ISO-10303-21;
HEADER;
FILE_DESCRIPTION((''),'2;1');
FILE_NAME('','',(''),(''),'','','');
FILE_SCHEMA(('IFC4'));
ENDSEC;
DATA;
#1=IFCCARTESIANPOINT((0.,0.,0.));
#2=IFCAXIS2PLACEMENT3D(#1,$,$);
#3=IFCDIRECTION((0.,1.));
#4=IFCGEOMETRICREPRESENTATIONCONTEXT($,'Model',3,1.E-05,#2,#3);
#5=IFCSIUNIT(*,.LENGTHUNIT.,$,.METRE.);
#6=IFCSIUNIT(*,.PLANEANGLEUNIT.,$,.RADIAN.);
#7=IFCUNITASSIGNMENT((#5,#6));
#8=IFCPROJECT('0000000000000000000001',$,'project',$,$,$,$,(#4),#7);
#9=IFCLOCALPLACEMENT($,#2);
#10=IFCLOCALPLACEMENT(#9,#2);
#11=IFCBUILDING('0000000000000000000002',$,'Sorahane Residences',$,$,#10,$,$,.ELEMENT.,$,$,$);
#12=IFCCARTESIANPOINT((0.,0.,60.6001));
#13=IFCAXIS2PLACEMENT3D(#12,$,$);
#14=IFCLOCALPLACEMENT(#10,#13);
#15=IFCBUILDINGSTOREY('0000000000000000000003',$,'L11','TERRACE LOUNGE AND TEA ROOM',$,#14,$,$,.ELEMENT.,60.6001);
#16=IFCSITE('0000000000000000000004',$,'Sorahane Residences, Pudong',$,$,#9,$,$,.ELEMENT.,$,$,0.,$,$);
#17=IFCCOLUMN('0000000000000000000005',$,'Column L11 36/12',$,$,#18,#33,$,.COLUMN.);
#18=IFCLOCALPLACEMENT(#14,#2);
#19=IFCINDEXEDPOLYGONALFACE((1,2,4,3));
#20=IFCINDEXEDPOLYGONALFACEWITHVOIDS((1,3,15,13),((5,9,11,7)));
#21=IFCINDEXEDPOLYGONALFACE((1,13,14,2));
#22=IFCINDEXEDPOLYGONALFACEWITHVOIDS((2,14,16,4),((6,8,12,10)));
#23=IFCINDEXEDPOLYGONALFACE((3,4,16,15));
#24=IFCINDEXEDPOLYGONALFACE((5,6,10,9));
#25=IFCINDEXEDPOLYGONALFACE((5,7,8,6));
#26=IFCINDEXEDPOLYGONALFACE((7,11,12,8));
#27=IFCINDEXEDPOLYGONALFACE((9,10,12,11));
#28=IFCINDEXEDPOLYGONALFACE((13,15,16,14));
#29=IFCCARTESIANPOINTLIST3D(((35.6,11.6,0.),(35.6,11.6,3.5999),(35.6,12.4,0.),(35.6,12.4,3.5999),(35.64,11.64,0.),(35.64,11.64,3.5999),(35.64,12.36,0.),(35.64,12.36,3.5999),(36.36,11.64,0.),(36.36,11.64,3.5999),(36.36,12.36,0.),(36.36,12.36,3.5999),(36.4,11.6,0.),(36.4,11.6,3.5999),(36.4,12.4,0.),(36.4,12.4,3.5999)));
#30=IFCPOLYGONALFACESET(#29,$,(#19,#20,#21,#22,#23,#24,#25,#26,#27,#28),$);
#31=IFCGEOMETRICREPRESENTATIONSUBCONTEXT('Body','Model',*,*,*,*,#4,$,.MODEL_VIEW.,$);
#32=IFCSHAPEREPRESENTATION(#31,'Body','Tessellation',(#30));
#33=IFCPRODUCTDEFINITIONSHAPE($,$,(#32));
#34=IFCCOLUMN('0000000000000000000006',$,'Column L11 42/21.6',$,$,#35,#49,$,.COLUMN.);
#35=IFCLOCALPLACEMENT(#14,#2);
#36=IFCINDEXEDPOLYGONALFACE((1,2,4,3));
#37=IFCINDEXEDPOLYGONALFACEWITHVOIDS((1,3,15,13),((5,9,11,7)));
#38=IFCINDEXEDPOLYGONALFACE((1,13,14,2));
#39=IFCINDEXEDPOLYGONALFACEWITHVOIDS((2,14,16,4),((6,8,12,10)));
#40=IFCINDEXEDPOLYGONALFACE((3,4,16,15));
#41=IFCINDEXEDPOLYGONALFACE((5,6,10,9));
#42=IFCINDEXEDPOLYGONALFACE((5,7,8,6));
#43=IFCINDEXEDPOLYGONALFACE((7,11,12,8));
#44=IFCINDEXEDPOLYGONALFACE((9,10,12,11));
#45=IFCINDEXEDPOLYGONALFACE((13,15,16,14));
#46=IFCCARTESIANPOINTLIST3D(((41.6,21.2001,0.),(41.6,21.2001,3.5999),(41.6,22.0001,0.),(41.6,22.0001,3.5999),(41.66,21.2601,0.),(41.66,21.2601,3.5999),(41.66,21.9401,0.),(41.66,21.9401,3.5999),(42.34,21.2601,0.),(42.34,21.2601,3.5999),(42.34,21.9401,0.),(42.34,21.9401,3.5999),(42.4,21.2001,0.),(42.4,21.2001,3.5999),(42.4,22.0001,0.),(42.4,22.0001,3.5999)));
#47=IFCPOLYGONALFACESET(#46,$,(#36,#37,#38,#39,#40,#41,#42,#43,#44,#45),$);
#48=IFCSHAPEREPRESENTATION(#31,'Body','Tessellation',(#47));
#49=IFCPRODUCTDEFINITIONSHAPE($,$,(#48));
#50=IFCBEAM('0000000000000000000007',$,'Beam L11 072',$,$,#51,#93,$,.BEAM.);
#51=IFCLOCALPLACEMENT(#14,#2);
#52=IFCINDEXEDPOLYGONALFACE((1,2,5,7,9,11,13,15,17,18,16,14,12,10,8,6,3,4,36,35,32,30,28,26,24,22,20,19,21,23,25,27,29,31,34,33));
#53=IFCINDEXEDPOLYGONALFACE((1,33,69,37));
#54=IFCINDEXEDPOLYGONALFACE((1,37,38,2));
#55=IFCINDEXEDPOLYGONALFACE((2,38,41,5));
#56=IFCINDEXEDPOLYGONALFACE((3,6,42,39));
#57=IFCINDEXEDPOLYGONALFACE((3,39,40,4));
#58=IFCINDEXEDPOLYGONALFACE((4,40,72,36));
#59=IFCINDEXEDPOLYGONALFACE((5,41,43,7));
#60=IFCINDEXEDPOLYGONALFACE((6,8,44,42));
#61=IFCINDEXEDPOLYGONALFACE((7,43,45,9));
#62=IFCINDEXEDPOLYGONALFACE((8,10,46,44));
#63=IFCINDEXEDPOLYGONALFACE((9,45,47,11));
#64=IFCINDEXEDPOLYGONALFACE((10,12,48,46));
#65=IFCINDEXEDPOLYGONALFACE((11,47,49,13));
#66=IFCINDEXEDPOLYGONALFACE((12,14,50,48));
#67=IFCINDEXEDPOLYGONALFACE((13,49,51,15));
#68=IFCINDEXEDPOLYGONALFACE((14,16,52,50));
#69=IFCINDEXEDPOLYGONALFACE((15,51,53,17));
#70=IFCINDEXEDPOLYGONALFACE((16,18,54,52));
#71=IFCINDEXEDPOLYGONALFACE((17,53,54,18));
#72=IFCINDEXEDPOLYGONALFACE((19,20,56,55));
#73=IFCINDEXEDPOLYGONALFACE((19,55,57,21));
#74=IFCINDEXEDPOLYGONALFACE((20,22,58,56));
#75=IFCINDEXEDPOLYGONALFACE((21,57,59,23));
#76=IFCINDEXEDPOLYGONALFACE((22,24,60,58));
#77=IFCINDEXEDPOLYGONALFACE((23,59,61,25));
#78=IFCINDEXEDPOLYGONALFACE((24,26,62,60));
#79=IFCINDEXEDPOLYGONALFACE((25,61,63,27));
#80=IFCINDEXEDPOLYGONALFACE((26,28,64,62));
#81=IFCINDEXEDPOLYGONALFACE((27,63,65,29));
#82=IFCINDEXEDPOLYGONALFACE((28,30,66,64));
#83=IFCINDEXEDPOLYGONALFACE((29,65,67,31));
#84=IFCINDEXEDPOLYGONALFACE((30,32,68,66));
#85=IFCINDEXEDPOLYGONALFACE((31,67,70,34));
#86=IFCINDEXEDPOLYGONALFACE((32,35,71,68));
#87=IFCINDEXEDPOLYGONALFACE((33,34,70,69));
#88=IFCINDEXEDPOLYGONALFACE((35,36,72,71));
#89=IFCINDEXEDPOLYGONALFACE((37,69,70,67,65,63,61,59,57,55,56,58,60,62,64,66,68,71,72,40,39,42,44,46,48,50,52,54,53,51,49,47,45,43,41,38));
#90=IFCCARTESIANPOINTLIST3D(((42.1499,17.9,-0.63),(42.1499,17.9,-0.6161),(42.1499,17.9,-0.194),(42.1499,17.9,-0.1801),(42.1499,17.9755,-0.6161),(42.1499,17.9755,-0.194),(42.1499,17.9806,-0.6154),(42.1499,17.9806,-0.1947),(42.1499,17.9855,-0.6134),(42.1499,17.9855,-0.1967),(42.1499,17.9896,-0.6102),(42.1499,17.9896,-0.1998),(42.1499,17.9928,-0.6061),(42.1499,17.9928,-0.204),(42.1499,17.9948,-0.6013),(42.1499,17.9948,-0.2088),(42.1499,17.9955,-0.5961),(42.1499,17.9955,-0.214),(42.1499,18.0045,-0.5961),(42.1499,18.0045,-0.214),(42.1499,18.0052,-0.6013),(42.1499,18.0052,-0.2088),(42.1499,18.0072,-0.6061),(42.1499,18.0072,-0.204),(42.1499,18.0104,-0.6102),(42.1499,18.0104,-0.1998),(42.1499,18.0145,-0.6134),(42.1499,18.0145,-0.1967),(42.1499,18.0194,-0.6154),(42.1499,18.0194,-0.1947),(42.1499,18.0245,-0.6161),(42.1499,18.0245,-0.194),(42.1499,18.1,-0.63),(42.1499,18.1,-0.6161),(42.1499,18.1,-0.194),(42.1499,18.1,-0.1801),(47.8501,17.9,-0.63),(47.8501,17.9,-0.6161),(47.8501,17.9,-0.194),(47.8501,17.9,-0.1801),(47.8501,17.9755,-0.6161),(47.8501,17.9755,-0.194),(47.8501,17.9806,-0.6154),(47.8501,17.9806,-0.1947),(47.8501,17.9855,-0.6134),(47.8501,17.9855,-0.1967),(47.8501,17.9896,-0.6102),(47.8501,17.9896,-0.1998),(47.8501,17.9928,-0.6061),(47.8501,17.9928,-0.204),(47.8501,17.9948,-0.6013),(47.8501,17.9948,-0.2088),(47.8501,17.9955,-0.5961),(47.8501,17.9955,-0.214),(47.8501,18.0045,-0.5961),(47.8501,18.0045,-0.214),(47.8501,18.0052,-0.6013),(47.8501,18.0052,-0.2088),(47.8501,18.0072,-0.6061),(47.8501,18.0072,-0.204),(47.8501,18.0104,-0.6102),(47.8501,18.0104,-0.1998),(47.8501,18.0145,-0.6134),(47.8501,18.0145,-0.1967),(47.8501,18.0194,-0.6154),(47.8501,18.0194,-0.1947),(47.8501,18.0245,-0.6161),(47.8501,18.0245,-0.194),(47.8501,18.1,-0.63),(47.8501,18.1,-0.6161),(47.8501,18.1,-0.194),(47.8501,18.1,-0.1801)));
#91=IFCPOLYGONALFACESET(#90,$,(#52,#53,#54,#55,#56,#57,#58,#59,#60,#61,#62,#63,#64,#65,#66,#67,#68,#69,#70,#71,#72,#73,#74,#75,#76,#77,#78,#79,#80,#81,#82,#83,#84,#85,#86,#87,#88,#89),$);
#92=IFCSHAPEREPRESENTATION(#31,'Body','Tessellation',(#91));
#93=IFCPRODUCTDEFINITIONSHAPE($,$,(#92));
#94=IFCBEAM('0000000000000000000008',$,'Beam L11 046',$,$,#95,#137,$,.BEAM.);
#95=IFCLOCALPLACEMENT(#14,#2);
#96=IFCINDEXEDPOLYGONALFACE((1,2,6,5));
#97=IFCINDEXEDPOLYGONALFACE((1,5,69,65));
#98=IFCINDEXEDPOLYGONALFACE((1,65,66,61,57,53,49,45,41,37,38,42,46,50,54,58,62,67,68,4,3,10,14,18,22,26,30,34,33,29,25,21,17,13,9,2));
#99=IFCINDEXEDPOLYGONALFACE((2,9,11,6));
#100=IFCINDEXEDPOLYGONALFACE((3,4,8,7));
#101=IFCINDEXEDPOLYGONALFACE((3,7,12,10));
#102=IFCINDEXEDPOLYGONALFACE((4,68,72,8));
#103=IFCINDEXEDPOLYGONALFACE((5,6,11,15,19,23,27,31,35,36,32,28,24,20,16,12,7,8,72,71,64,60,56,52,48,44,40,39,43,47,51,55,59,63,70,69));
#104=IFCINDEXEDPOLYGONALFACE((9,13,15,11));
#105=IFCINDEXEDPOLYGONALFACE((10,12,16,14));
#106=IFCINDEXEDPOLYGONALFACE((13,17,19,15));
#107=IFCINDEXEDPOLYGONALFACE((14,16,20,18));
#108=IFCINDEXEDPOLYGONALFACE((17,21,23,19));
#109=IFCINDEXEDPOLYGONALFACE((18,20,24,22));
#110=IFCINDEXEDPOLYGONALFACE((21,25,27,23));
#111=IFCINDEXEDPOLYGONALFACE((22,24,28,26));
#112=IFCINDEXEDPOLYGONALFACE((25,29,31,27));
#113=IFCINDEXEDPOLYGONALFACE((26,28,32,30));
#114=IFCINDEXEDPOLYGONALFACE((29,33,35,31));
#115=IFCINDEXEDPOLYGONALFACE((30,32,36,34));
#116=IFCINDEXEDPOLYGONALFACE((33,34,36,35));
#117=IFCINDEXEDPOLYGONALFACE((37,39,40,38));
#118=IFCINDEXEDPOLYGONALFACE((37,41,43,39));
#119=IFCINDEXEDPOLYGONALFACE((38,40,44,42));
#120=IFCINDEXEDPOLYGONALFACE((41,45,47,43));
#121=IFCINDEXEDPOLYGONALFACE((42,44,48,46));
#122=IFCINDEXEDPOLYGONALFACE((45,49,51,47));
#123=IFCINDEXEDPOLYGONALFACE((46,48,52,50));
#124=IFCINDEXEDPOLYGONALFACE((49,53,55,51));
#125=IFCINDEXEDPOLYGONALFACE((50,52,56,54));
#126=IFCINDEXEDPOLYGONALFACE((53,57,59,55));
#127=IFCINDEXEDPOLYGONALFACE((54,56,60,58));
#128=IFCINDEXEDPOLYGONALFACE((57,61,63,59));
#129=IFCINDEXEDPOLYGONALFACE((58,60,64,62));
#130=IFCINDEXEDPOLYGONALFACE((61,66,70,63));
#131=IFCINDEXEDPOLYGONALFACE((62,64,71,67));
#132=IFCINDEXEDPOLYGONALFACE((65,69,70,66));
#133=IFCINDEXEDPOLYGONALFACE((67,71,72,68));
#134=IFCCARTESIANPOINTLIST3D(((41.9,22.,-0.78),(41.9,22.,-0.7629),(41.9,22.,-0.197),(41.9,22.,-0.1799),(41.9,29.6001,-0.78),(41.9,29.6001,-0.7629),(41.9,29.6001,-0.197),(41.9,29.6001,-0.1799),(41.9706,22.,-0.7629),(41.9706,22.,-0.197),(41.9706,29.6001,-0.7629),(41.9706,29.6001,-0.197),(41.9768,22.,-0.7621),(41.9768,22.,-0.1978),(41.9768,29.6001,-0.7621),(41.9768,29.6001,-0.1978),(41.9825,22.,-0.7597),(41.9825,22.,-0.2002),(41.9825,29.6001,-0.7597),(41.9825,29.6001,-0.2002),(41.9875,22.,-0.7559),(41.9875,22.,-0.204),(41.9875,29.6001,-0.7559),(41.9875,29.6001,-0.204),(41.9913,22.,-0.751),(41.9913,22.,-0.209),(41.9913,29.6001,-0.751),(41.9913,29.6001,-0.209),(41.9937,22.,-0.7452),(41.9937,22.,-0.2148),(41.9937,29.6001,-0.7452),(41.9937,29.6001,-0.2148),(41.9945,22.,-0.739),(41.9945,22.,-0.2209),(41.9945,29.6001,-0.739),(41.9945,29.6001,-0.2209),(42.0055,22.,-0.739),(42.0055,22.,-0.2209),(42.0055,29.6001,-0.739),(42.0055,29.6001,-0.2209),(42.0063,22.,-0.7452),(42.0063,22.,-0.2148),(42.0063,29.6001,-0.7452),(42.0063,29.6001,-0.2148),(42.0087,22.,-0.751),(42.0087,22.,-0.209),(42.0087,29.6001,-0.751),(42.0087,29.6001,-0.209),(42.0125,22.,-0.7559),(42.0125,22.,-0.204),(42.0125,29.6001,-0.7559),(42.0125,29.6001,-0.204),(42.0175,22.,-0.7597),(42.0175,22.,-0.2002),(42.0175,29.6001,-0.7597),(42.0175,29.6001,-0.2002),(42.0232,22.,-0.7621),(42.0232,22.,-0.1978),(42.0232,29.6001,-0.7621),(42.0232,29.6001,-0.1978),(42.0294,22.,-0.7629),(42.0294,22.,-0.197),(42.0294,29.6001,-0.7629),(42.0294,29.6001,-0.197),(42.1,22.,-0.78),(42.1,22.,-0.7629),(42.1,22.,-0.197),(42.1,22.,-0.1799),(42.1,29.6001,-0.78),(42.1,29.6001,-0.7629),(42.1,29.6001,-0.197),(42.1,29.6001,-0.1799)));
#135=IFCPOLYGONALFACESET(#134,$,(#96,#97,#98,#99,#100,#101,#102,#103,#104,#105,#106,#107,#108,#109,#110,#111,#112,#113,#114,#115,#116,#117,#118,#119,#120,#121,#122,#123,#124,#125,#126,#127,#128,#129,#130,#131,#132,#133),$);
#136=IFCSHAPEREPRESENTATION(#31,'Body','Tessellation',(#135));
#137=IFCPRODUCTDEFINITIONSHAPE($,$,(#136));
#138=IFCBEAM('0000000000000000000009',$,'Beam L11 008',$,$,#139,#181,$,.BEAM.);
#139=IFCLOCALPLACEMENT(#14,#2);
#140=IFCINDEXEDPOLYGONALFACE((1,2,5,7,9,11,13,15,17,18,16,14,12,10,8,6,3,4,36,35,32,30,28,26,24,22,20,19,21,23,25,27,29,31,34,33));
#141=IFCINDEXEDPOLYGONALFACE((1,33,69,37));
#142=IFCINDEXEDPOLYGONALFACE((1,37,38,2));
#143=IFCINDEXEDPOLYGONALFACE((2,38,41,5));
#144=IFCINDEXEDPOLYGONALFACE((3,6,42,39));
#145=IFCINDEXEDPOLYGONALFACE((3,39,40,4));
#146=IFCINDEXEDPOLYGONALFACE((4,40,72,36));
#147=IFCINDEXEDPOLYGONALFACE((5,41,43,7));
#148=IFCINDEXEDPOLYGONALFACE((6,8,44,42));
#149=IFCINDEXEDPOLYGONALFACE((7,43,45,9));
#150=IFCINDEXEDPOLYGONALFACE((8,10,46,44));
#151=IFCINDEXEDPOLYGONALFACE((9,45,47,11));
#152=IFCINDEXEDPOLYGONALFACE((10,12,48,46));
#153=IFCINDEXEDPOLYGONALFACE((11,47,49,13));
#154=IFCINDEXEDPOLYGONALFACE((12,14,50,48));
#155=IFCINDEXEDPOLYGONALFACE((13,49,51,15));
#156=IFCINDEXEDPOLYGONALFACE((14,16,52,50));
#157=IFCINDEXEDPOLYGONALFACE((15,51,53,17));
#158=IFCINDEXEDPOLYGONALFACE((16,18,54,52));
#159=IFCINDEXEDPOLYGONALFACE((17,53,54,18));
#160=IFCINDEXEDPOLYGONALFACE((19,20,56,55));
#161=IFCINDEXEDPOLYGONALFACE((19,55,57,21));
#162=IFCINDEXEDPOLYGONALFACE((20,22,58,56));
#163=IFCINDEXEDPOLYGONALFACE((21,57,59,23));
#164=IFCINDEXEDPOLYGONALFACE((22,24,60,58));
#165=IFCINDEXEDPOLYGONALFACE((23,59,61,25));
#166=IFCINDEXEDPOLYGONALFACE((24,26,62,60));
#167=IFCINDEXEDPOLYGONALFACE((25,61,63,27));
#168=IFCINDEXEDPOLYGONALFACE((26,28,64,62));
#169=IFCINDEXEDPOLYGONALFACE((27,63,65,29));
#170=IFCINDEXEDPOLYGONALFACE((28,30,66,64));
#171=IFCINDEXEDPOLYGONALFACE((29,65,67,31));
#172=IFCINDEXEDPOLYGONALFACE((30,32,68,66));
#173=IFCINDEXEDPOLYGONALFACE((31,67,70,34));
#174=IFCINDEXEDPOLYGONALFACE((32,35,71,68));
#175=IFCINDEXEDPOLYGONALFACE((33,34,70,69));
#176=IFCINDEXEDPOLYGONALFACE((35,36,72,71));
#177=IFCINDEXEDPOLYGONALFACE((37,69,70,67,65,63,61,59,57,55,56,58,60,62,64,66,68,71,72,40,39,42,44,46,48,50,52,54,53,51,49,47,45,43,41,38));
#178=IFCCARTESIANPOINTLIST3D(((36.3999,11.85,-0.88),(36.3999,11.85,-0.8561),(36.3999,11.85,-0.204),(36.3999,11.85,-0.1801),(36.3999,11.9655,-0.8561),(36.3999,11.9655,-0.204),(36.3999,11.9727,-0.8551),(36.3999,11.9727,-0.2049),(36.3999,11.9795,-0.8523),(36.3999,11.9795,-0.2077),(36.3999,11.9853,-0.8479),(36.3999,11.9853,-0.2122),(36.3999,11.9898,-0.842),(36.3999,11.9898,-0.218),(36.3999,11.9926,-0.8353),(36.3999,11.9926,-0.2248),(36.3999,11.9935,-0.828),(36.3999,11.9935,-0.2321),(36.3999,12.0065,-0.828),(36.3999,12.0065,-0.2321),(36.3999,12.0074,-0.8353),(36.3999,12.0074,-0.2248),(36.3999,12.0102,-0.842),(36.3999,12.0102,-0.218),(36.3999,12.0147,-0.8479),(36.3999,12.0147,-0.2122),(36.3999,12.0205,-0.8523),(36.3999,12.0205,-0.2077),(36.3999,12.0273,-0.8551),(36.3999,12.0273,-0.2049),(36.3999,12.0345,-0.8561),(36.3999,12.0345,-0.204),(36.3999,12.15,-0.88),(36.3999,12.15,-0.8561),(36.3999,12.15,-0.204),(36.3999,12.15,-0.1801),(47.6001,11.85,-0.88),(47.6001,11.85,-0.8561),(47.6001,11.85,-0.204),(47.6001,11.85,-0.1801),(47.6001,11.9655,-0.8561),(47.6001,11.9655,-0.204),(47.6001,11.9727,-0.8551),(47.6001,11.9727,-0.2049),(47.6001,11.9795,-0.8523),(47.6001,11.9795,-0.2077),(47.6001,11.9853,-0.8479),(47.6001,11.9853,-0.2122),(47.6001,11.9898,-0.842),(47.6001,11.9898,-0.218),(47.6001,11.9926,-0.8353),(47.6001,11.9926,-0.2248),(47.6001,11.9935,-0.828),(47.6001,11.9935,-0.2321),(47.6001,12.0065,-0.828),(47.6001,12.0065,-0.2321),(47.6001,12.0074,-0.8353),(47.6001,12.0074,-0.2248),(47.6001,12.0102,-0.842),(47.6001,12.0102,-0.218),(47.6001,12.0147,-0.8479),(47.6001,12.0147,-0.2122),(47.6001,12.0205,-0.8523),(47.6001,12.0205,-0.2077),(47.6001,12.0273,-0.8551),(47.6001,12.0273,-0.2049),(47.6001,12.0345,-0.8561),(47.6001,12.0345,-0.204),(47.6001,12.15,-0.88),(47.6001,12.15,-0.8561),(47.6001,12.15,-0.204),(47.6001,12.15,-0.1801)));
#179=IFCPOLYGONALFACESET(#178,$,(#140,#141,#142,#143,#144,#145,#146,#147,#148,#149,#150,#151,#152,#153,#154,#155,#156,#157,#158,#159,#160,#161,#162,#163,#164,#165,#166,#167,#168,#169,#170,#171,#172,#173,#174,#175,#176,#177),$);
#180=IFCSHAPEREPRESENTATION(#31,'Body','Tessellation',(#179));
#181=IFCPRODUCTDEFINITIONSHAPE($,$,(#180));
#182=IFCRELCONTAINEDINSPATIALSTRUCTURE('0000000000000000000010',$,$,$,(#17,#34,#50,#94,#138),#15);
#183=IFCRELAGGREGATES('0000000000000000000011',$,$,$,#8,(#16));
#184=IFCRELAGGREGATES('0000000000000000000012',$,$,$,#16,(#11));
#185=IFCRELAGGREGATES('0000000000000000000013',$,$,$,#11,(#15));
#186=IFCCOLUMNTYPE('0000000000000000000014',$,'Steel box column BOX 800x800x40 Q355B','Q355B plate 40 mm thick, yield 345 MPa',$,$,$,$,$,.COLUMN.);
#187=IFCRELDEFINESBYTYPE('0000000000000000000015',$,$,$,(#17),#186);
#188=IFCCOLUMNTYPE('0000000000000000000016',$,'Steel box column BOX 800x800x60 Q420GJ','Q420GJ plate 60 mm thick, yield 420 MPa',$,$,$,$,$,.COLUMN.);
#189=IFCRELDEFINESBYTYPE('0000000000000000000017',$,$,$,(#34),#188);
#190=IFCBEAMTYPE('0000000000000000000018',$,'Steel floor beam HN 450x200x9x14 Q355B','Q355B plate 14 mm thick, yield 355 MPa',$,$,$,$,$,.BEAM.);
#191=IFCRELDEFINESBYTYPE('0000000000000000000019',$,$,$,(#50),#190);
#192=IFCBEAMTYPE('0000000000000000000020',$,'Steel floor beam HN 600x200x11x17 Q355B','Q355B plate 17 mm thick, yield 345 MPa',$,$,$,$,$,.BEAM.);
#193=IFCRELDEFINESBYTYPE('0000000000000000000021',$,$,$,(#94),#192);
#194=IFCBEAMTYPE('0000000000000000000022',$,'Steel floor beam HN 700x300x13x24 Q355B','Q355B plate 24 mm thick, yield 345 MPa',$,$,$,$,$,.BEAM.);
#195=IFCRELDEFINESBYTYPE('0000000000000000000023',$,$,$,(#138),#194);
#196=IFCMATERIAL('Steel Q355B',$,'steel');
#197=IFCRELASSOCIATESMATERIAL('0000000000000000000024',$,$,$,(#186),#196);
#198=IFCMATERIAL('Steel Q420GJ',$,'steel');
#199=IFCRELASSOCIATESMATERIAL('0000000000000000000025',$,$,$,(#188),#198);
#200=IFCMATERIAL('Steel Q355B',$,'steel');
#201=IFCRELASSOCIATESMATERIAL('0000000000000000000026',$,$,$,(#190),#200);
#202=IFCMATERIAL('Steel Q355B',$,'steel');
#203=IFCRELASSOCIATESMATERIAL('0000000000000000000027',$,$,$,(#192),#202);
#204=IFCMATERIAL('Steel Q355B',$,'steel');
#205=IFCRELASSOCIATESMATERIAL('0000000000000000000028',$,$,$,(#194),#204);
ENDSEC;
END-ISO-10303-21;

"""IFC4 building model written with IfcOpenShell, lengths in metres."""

from ifc_helpers import new_model, si_unit, direction, frame, origin, origin_2d, place, context, subcontext, project, spatial, hollow_rectangle, i_section, extrude, material, material_profile, profile_set, type_object, element, save


model = new_model("IFC4")

# Units and contexts
model_context = context("Model", 3, precision=1e-05, world=origin(), true_north=direction((0.0, 1.0)))
body_context = subcontext(model_context, "Body", "Model", "MODEL_VIEW")
ifc_project = project(units=[si_unit("LENGTHUNIT", "METRE"), si_unit("PLANEANGLEUNIT", "RADIAN")], contexts=[model_context])

# Site, building, storey
site_placement = place(None, origin())
site = spatial("IfcSite", under=ifc_project, at=site_placement, Name="Sorahane Residences, Pudong", CompositionType="ELEMENT", RefElevation=0.0)
building_placement = place(site_placement, origin())
building = spatial("IfcBuilding", under=site, at=building_placement, Name="Sorahane Residences", CompositionType="ELEMENT")
storey_placement = place(building_placement, frame((0.0, 0.0, 60.6001)))
storey = spatial("IfcBuildingStorey", under=building, at=storey_placement, Name="L11", Description="TERRACE LOUNGE AND TEA ROOM", CompositionType="ELEMENT", Elevation=60.6001)

# Columns
ifc_material_1 = material(Name="Steel Q355B", Category="steel")
ifc_material_profile_1 = material_profile(ifc_material_1, hollow_rectangle(XDim=0.8, YDim=0.8, WallThickness=0.04, at=origin_2d()), Name="BOX 800x800x40")
ifc_profile_set_1 = profile_set([ifc_material_profile_1], Name="Steel Q355B")
column_type_1 = type_object("IfcColumnType", Name="Steel box column BOX 800x800x40 Q355B", Description="Q355B plate 40 mm thick, yield 345 MPa", PredefinedType="COLUMN", material=ifc_profile_set_1)
column_1_placement = place(storey_placement, frame((36.0, 12.0, 0.0), z_axis=(0.0, 0.0, 1.0), x_axis=(1.0, 0.0, 0.0)))
element("IfcColumn", 1, at=column_1_placement, inside=storey, type_object=column_type_1, Name="Column L11 36/12", PredefinedType="COLUMN", context=body_context, shape_type="SweptSolid", body=[
    extrude(hollow_rectangle(XDim=0.8, YDim=0.8, WallThickness=0.04, at=origin_2d()), origin(), (0.0, 0.0, 1.0), 3.5999),
])
ifc_material_2 = material(Name="Steel Q420GJ", Category="steel")
ifc_material_profile_2 = material_profile(ifc_material_2, hollow_rectangle(XDim=0.8, YDim=0.8, WallThickness=0.0601, at=origin_2d()), Name="BOX 800x800x60")
ifc_profile_set_2 = profile_set([ifc_material_profile_2], Name="Steel Q420GJ")
column_type_2 = type_object("IfcColumnType", Name="Steel box column BOX 800x800x60 Q420GJ", Description="Q420GJ plate 60 mm thick, yield 420 MPa", PredefinedType="COLUMN", material=ifc_profile_set_2)
column_2_placement = place(storey_placement, frame((42.0, 21.6001, 0.0), z_axis=(0.0, 0.0, 1.0), x_axis=(1.0, 0.0, 0.0)))
element("IfcColumn", 2, at=column_2_placement, inside=storey, type_object=column_type_2, Name="Column L11 42/21.6", PredefinedType="COLUMN", context=body_context, shape_type="SweptSolid", body=[
    extrude(hollow_rectangle(XDim=0.8, YDim=0.8, WallThickness=0.0601, at=origin_2d()), origin(), (0.0, 0.0, 1.0), 3.5999),
])

# Beams
ifc_material_3 = material(Name="Steel Q355B", Category="steel")
ifc_material_profile_3 = material_profile(ifc_material_3, i_section(OverallWidth=0.2, OverallDepth=0.45, WebThickness=0.009, FlangeThickness=0.0139, FilletRadius=0.02, at=origin_2d()), Name="HN 450x200x9x14")
ifc_profile_set_3 = profile_set([ifc_material_profile_3], Name="Steel Q355B")
beam_type_1 = type_object("IfcBeamType", Name="Steel floor beam HN 450x200x9x14 Q355B", Description="Q355B plate 14 mm thick, yield 355 MPa", PredefinedType="BEAM", material=ifc_profile_set_3)
beam_1_placement = place(storey_placement, frame((42.1499, 18.0, -0.405), z_axis=(1.0, 0.0, 0.0), x_axis=(0.0, 1.0, 0.0)))
element("IfcBeam", 3, at=beam_1_placement, inside=storey, type_object=beam_type_1, Name="Beam L11 072", PredefinedType="BEAM", context=body_context, shape_type="SweptSolid", body=[
    extrude(i_section(OverallWidth=0.2, OverallDepth=0.45, WebThickness=0.009, FlangeThickness=0.0139, FilletRadius=0.02, at=origin_2d()), origin(), (0.0, 0.0, 1.0), 5.7002),
])
ifc_material_4 = material(Name="Steel Q355B", Category="steel")
ifc_material_profile_4 = material_profile(ifc_material_4, i_section(OverallWidth=0.2, OverallDepth=0.6001, WebThickness=0.011, FlangeThickness=0.0171, FilletRadius=0.0239, at=origin_2d()), Name="HN 600x200x11x17")
ifc_profile_set_4 = profile_set([ifc_material_profile_4], Name="Steel Q355B")
beam_type_2 = type_object("IfcBeamType", Name="Steel floor beam HN 600x200x11x17 Q355B", Description="Q355B plate 17 mm thick, yield 345 MPa", PredefinedType="BEAM", material=ifc_profile_set_4)
beam_2_placement = place(storey_placement, frame((42.0, 22.0, -0.48), z_axis=(0.0, 1.0, 0.0), x_axis=(-1.0, 0.0, 0.0)))
element("IfcBeam", 4, at=beam_2_placement, inside=storey, type_object=beam_type_2, Name="Beam L11 046", PredefinedType="BEAM", context=body_context, shape_type="SweptSolid", body=[
    extrude(i_section(OverallWidth=0.2, OverallDepth=0.6001, WebThickness=0.011, FlangeThickness=0.0171, FilletRadius=0.0239, at=origin_2d()), origin(), (0.0, 0.0, 1.0), 7.6001),
])
ifc_material_5 = material(Name="Steel Q355B", Category="steel")
ifc_material_profile_5 = material_profile(ifc_material_5, i_section(OverallWidth=0.3, OverallDepth=0.7, WebThickness=0.0129, FlangeThickness=0.0239, FilletRadius=0.0281, at=origin_2d()), Name="HN 700x300x13x24")
ifc_profile_set_5 = profile_set([ifc_material_profile_5], Name="Steel Q355B")
beam_type_3 = type_object("IfcBeamType", Name="Steel floor beam HN 700x300x13x24 Q355B", Description="Q355B plate 24 mm thick, yield 345 MPa", PredefinedType="BEAM", material=ifc_profile_set_5)
beam_3_placement = place(storey_placement, frame((36.3999, 12.0, -0.53), z_axis=(1.0, 0.0, 0.0), x_axis=(0.0, 1.0, 0.0)))
element("IfcBeam", 5, at=beam_3_placement, inside=storey, type_object=beam_type_3, Name="Beam L11 008", PredefinedType="BEAM", context=body_context, shape_type="SweptSolid", body=[
    extrude(i_section(OverallWidth=0.3, OverallDepth=0.7, WebThickness=0.0129, FlangeThickness=0.0239, FilletRadius=0.0281, at=origin_2d()), origin(), (0.0, 0.0, 1.0), 11.2002),
])

save(model, "model.ifc")
